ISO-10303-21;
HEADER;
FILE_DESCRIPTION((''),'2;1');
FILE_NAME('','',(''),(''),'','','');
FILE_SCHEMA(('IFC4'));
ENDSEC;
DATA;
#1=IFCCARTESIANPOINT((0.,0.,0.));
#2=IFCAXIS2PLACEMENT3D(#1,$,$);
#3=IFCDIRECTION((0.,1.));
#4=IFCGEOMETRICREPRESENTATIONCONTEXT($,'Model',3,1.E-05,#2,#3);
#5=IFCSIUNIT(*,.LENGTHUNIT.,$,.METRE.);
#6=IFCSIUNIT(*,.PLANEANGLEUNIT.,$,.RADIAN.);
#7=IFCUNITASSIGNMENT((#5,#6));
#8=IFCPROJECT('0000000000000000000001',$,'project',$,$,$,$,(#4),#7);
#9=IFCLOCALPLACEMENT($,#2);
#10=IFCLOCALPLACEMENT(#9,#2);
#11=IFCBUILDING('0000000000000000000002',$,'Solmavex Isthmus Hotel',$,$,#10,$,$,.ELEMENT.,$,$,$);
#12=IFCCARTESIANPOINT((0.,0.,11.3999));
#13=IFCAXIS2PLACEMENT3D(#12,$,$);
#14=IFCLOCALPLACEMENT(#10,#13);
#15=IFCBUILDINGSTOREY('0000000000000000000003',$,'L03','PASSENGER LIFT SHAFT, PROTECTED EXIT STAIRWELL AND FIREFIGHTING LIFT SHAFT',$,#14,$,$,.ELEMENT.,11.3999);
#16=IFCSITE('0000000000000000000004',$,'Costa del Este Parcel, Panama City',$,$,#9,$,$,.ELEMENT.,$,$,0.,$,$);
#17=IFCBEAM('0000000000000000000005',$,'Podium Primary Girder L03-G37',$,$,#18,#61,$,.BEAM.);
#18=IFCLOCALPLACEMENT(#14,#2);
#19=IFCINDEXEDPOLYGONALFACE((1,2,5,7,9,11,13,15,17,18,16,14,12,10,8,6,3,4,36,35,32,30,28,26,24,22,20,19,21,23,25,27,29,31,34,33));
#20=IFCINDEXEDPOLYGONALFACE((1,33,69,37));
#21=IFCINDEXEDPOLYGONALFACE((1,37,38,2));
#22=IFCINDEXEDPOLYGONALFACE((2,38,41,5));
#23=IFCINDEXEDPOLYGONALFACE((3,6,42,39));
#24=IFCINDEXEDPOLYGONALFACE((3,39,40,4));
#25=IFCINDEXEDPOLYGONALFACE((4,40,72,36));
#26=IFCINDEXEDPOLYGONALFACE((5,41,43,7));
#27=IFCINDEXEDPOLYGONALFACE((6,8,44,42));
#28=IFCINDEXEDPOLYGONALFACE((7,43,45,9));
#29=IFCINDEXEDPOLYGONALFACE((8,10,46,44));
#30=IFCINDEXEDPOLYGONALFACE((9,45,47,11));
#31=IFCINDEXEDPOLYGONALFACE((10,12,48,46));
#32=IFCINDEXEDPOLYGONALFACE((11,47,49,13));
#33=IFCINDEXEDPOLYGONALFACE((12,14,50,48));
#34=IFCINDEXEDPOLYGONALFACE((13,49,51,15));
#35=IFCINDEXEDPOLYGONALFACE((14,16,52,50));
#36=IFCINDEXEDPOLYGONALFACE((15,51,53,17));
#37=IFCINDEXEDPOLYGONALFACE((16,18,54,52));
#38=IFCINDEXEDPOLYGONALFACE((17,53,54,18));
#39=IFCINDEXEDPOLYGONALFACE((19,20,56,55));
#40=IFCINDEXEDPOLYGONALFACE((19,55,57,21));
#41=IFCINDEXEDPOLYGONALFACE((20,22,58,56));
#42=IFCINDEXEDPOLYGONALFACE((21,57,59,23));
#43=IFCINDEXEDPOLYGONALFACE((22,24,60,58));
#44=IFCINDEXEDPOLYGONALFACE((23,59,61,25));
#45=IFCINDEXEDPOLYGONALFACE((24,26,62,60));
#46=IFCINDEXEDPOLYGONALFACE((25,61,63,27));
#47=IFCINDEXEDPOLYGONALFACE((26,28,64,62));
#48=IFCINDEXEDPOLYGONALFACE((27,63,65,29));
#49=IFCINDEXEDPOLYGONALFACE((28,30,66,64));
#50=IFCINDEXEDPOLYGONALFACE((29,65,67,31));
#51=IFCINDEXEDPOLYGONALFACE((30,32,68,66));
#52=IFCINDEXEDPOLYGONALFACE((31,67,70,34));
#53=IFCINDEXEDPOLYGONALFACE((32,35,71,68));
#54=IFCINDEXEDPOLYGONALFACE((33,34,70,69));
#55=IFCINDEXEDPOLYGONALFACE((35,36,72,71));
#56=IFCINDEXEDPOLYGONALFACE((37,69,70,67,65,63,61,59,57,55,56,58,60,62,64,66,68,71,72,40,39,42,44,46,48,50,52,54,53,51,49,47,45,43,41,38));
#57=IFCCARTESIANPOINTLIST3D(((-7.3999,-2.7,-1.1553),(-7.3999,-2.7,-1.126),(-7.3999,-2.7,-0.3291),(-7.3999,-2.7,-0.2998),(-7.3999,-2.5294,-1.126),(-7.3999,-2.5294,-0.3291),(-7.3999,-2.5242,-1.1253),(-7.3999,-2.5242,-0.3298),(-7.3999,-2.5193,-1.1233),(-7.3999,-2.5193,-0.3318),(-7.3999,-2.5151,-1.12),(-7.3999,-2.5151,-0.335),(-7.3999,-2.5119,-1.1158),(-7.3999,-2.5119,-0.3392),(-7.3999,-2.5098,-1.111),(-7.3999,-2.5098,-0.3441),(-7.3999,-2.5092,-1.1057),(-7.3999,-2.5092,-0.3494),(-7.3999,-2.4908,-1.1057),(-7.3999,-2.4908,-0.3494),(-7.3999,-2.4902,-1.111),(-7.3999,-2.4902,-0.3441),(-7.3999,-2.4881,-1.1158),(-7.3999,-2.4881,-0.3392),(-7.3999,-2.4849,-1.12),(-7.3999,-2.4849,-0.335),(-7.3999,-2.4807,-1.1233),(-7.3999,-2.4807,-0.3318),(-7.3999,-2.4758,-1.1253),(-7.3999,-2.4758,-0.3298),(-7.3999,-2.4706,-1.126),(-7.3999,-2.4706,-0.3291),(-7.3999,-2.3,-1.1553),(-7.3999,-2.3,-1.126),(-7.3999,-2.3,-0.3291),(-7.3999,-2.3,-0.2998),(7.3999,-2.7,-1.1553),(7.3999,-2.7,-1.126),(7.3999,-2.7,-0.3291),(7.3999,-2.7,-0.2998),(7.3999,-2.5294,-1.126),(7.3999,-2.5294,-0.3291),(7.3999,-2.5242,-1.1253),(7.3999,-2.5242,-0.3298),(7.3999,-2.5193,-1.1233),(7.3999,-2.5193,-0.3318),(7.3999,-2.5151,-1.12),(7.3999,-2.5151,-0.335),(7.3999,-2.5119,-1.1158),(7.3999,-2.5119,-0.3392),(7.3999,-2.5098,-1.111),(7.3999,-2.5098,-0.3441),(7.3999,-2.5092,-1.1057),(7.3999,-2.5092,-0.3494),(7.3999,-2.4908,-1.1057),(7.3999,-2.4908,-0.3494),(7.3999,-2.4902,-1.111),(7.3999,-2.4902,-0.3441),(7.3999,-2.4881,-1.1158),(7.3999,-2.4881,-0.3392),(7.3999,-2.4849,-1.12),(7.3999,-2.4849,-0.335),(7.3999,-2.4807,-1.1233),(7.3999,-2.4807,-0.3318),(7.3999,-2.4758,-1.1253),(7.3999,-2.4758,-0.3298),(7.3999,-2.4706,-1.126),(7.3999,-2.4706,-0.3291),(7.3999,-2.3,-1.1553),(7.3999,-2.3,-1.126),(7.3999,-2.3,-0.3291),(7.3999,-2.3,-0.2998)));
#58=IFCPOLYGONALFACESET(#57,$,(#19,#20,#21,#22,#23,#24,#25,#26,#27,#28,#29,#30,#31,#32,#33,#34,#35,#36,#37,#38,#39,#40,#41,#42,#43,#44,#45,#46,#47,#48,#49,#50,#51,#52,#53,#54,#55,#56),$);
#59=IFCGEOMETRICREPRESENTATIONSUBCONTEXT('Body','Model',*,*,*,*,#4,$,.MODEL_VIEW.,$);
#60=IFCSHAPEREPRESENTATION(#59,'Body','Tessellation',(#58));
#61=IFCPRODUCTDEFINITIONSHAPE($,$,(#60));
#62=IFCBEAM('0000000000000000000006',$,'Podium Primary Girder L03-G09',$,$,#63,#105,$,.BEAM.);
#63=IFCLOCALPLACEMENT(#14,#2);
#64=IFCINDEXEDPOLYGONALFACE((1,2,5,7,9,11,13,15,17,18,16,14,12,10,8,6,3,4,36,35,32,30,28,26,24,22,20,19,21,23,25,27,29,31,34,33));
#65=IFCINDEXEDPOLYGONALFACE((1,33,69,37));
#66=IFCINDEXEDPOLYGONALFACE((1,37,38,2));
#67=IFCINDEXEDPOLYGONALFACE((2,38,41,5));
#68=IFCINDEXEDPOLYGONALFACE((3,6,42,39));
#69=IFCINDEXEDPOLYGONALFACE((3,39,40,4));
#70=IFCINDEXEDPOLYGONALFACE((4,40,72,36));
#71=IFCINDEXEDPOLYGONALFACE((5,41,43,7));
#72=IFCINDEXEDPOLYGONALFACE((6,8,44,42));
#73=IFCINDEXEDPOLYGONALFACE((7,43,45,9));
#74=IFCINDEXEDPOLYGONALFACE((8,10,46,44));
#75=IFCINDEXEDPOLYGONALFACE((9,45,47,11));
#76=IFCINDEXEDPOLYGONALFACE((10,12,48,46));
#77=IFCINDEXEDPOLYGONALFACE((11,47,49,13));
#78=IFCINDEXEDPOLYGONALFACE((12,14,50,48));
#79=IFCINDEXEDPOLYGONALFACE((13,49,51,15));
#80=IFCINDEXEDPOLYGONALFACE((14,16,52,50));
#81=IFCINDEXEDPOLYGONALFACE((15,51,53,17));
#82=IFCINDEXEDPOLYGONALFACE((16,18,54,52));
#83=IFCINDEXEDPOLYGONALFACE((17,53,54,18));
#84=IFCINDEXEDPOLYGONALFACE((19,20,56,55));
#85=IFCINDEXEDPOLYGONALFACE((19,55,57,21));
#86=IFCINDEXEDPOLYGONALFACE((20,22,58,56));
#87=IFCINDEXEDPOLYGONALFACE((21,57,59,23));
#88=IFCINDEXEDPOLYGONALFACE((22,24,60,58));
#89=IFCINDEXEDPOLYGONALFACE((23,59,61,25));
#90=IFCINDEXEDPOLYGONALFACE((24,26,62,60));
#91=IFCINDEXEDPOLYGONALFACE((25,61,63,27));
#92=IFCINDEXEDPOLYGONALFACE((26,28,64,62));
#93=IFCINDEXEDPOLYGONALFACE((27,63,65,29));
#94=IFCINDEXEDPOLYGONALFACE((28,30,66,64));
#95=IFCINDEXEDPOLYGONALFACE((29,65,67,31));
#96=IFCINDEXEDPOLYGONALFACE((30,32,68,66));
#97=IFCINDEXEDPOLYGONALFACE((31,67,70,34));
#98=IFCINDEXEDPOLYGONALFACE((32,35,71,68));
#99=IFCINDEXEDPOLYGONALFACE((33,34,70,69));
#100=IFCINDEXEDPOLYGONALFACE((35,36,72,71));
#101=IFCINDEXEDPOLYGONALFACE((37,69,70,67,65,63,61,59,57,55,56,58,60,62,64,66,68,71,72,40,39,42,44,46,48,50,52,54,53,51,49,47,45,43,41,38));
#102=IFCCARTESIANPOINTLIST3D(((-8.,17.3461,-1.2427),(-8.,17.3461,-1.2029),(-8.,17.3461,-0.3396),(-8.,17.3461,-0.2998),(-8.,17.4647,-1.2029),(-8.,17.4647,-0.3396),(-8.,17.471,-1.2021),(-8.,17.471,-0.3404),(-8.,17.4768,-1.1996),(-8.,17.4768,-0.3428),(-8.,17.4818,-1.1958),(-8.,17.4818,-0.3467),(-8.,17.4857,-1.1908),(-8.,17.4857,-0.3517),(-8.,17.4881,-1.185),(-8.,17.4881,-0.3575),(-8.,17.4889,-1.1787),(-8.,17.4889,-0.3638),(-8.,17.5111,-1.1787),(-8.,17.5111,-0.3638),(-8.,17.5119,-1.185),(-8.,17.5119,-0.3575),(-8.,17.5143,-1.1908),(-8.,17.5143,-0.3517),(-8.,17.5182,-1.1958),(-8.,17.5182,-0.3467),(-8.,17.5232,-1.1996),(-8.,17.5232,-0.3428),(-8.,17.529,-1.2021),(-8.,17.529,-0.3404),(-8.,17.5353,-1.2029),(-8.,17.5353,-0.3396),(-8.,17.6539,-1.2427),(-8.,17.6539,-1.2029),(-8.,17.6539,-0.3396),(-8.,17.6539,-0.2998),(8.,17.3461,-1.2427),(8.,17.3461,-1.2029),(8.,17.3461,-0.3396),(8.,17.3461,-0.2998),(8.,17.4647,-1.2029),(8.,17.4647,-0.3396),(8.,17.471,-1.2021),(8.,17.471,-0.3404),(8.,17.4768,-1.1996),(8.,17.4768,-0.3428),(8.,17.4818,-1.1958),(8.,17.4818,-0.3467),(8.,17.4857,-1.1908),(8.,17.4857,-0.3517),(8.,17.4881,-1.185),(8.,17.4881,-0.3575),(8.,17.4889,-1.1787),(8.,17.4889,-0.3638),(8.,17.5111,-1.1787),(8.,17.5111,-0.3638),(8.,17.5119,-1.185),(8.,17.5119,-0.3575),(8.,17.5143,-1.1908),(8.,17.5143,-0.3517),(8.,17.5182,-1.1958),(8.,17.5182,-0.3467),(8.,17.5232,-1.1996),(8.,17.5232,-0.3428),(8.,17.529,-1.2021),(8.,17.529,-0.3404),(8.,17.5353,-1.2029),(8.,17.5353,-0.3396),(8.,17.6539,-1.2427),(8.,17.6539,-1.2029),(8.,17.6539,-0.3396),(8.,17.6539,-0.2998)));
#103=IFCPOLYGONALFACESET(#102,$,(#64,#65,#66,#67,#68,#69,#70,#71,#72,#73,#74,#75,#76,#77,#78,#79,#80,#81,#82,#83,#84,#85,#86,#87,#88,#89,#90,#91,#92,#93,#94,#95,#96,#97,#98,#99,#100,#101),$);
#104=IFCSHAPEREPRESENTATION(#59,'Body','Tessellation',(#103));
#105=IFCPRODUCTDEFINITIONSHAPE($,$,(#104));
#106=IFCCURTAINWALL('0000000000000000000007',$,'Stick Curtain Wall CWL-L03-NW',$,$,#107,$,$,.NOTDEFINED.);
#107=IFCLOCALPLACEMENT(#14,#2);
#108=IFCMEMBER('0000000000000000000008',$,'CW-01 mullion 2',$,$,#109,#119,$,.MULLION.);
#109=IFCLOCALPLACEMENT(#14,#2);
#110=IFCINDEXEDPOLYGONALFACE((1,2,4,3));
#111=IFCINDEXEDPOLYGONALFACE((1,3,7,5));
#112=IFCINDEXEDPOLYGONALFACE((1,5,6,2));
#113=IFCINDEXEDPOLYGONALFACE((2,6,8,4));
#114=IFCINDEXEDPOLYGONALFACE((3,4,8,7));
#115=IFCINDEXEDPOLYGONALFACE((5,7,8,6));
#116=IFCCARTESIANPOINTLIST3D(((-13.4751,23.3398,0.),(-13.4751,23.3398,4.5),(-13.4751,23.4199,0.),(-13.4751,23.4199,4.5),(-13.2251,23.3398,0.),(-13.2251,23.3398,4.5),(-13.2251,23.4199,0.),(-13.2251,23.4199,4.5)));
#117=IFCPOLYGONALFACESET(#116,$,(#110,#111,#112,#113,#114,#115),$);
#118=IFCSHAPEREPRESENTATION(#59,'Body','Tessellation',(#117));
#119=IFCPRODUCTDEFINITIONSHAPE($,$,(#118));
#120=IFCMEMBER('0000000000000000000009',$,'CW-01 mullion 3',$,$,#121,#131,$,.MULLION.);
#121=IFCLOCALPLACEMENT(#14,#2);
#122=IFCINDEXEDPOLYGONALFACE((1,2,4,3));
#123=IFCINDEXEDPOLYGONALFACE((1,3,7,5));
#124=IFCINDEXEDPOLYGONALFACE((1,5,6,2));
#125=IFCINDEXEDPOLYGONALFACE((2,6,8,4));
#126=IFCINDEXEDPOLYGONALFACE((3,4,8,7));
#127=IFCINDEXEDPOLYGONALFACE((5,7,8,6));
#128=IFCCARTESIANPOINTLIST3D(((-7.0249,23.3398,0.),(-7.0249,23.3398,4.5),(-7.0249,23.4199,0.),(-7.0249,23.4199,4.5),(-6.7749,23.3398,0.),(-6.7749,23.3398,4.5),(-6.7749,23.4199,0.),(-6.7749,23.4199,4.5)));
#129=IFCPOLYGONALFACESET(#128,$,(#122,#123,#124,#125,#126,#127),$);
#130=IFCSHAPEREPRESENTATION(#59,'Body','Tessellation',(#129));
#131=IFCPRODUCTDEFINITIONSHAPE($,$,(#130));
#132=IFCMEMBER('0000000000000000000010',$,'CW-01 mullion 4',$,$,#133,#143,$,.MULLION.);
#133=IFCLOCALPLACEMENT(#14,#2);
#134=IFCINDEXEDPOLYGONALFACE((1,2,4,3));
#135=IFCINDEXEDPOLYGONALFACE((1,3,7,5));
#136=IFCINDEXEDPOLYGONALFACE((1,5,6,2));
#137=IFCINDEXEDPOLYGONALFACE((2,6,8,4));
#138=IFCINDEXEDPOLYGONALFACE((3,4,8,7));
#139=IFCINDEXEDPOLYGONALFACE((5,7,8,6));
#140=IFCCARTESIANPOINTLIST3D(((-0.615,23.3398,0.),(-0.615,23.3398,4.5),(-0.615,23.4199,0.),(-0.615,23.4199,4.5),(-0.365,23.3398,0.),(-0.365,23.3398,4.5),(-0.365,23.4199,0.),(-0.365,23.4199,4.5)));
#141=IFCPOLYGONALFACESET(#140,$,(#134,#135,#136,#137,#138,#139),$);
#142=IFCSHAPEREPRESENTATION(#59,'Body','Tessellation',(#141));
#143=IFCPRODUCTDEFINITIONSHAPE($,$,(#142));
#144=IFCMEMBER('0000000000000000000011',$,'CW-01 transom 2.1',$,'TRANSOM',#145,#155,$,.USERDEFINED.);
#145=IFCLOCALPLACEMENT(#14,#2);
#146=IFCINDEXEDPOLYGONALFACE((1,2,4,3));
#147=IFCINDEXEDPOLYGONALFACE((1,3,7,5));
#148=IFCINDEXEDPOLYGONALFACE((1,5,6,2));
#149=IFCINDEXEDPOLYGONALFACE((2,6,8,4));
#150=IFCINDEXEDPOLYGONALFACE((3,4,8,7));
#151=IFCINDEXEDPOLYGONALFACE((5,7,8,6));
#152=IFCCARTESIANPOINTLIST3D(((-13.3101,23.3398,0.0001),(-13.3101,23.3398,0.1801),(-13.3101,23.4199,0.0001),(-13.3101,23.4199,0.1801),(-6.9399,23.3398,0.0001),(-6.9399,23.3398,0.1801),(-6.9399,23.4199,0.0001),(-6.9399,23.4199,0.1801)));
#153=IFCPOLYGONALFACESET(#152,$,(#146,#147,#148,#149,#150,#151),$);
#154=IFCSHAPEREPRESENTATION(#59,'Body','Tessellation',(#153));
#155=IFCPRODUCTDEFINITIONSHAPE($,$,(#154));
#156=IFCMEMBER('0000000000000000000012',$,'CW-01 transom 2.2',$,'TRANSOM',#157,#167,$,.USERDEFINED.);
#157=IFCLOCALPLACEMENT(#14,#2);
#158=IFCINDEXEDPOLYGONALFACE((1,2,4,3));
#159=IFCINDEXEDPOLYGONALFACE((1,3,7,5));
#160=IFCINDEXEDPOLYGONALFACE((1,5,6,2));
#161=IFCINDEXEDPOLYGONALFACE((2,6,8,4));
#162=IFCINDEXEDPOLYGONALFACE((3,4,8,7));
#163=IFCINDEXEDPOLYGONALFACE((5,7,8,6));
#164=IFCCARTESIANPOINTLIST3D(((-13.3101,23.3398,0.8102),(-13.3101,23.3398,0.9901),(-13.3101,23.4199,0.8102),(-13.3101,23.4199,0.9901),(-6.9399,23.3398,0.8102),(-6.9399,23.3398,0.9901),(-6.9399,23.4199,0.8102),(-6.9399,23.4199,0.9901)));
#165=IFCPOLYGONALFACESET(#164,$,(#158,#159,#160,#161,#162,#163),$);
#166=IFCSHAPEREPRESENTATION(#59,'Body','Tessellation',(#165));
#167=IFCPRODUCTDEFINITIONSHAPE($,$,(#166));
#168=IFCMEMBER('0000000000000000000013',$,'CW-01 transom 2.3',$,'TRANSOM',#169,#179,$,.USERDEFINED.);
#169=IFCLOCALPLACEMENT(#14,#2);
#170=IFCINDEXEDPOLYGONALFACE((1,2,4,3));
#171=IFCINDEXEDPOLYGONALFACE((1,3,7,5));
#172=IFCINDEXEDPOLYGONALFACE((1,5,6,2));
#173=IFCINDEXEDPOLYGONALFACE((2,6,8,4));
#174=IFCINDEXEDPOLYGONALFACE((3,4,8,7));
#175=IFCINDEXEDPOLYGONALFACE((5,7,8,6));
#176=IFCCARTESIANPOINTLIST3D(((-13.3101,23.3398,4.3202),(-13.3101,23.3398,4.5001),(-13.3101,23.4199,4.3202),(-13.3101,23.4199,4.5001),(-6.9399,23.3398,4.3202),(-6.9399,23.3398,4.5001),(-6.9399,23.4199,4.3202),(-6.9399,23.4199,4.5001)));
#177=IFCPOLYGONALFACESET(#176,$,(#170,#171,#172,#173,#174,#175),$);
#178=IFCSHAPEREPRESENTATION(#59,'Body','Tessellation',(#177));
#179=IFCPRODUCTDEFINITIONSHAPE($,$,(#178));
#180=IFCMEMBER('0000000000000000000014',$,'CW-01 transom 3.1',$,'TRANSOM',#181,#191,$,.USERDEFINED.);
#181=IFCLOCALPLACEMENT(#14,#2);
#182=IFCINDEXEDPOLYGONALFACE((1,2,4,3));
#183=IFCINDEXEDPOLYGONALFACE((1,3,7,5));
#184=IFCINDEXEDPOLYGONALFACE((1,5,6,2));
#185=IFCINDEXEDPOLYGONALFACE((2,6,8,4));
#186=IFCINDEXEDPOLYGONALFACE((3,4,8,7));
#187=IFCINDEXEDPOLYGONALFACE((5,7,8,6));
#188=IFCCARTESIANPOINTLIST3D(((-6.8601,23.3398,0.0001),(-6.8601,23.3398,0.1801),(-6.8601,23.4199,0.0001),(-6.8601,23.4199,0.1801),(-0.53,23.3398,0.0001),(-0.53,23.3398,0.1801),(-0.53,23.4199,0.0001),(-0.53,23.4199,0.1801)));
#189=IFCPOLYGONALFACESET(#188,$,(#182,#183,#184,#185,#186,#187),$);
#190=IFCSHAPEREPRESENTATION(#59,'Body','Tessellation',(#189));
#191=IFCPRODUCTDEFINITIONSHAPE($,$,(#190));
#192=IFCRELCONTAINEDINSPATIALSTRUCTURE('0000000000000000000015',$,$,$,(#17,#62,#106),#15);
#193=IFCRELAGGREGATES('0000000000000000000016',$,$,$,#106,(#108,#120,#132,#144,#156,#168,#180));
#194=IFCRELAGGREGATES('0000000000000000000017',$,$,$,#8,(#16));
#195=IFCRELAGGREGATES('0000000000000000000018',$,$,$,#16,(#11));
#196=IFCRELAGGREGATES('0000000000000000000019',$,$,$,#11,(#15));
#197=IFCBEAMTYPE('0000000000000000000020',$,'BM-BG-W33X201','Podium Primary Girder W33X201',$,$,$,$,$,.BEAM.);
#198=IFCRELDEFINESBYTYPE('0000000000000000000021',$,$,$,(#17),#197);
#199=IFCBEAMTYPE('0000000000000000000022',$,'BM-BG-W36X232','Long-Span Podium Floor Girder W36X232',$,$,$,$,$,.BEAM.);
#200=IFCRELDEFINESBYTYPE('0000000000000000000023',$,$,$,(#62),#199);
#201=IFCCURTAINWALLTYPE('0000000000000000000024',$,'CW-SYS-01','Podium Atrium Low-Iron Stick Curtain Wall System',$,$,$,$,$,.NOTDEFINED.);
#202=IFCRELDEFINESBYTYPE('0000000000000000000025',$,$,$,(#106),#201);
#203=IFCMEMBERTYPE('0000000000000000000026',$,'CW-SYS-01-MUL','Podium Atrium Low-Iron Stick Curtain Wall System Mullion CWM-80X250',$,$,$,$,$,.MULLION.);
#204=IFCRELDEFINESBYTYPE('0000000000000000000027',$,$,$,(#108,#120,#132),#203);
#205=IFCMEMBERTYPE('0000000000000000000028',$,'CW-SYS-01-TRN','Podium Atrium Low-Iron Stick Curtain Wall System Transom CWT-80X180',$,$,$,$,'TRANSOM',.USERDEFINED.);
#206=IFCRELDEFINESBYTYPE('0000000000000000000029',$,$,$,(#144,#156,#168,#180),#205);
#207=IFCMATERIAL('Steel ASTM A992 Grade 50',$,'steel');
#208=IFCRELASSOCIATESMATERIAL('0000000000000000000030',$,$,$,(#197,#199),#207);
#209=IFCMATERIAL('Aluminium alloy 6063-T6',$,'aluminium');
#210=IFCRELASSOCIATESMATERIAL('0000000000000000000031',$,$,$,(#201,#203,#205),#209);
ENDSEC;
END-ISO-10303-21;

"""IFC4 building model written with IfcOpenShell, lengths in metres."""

from ifc_helpers import new_model, si_unit, direction, frame, origin, origin_2d, place, context, subcontext, project, spatial, rectangle, i_section, extrude, material, material_profile, profile_set, type_object, element, aggregate, save


model = new_model("IFC4")

# Units and contexts
model_context = context("Model", 3, precision=1e-05, world=origin(), true_north=direction((0.0, 1.0)))
body_context = subcontext(model_context, "Body", "Model", "MODEL_VIEW")
ifc_project = project(units=[si_unit("LENGTHUNIT", "METRE"), si_unit("PLANEANGLEUNIT", "RADIAN")], contexts=[model_context])

# Site, building, storey
site_placement = place(None, origin())
site = spatial("IfcSite", under=ifc_project, at=site_placement, Name="Costa del Este Parcel, Panama City", CompositionType="ELEMENT", RefElevation=0.0)
building_placement = place(site_placement, origin())
building = spatial("IfcBuilding", under=site, at=building_placement, Name="Solmavex Isthmus Hotel", CompositionType="ELEMENT")
storey_placement = place(building_placement, frame((0.0, 0.0, 11.3999)))
storey = spatial("IfcBuildingStorey", under=building, at=storey_placement, Name="L03", Description="PASSENGER LIFT SHAFT, PROTECTED EXIT STAIRWELL AND FIREFIGHTING LIFT SHAFT", CompositionType="ELEMENT", Elevation=11.3999)

# Beams
ifc_material_1 = material(Name="Steel ASTM A992 Grade 50", Category="steel")
ifc_material_profile_1 = material_profile(ifc_material_1, i_section(OverallWidth=0.3999, OverallDepth=0.8555, WebThickness=0.0183, FlangeThickness=0.0293, FilletRadius=0.0203, at=origin_2d()), Name="W33X201")
ifc_profile_set_1 = profile_set([ifc_material_profile_1], Name="Steel ASTM A992 Grade 50")
beam_type_1 = type_object("IfcBeamType", Name="BM-BG-W33X201", Description="Podium Primary Girder W33X201", PredefinedType="BEAM", material=ifc_profile_set_1)
beam_1_placement = place(storey_placement, frame((-7.3999, -2.5, -0.7275), z_axis=(1.0, 0.0, 0.0), x_axis=(0.0, 1.0, 0.0)))
element("IfcBeam", 1, at=beam_1_placement, inside=storey, type_object=beam_type_1, Name="Podium Primary Girder L03-G37", PredefinedType="BEAM", context=body_context, shape_type="SweptSolid", body=[
    extrude(i_section(OverallWidth=0.3999, OverallDepth=0.8555, WebThickness=0.0183, FlangeThickness=0.0293, FilletRadius=0.0203, at=origin_2d()), origin(), (0.0, 0.0, 1.0), 14.7998),
])
ifc_material_profile_2 = material_profile(ifc_material_1, i_section(OverallWidth=0.3079, OverallDepth=0.9429, WebThickness=0.0222, FlangeThickness=0.0398, FilletRadius=0.0242, at=origin_2d()), Name="W36X232")
ifc_profile_set_2 = profile_set([ifc_material_profile_2], Name="Steel ASTM A992 Grade 50")
beam_type_2 = type_object("IfcBeamType", Name="BM-BG-W36X232", Description="Long-Span Podium Floor Girder W36X232", PredefinedType="BEAM", material=ifc_profile_set_2)
beam_2_placement = place(storey_placement, frame((-8.0, 17.5, -0.7712), z_axis=(1.0, 0.0, 0.0), x_axis=(0.0, 1.0, 0.0)))
element("IfcBeam", 2, at=beam_2_placement, inside=storey, type_object=beam_type_2, Name="Podium Primary Girder L03-G09", PredefinedType="BEAM", context=body_context, shape_type="SweptSolid", body=[
    extrude(i_section(OverallWidth=0.3079, OverallDepth=0.9429, WebThickness=0.0222, FlangeThickness=0.0398, FilletRadius=0.0242, at=origin_2d()), origin(), (0.0, 0.0, 1.0), 16.0),
])

# Curtain wall, members
ifc_material_2 = material(Name="Aluminium alloy 6063-T6", Category="aluminium")
curtain_wall_type = type_object("IfcCurtainWallType", Name="CW-SYS-01", Description="Podium Atrium Low-Iron Stick Curtain Wall System", PredefinedType="NOTDEFINED", material=ifc_material_2)
curtain_wall_placement = place(storey_placement, origin())
curtain_wall = element("IfcCurtainWall", 3, at=curtain_wall_placement, inside=storey, type_object=curtain_wall_type, Name="Stick Curtain Wall CWL-L03-NW", PredefinedType="NOTDEFINED")
ifc_material_profile_3 = material_profile(ifc_material_2, rectangle(XDim=0.0801, YDim=0.25, at=origin_2d()), Name="CWM-80X250")
ifc_profile_set_3 = profile_set([ifc_material_profile_3], Name="Aluminium alloy 6063-T6")
member_type_1 = type_object("IfcMemberType", Name="CW-SYS-01-MUL", Description="Podium Atrium Low-Iron Stick Curtain Wall System Mullion CWM-80X250", PredefinedType="MULLION", material=ifc_profile_set_3)
member_1_placement = place(storey_placement, frame((-13.3501, 23.3799, 0.0), z_axis=(0.0, 0.0, 1.0), x_axis=(0.0, 1.0, 0.0)))
member_1 = element("IfcMember", 4, at=member_1_placement, type_object=member_type_1, Name="CW-01 mullion 2", PredefinedType="MULLION", context=body_context, shape_type="SweptSolid", body=[
    extrude(rectangle(XDim=0.0801, YDim=0.25, at=origin_2d()), origin(), (0.0, 0.0, 1.0), 4.5),
])
member_2_placement = place(storey_placement, frame((-6.8999, 23.3799, 0.0), z_axis=(0.0, 0.0, 1.0), x_axis=(0.0, 1.0, 0.0)))
member_2 = element("IfcMember", 5, at=member_2_placement, type_object=member_type_1, Name="CW-01 mullion 3", PredefinedType="MULLION", context=body_context, shape_type="SweptSolid", body=[
    extrude(rectangle(XDim=0.0801, YDim=0.25, at=origin_2d()), origin(), (0.0, 0.0, 1.0), 4.5),
])
member_3_placement = place(storey_placement, frame((-0.49, 23.3799, 0.0), z_axis=(0.0, 0.0, 1.0), x_axis=(0.0, 1.0, 0.0)))
member_3 = element("IfcMember", 6, at=member_3_placement, type_object=member_type_1, Name="CW-01 mullion 4", PredefinedType="MULLION", context=body_context, shape_type="SweptSolid", body=[
    extrude(rectangle(XDim=0.0801, YDim=0.25, at=origin_2d()), origin(), (0.0, 0.0, 1.0), 4.5),
])
ifc_material_profile_4 = material_profile(ifc_material_2, rectangle(XDim=0.0801, YDim=0.1799, at=origin_2d()), Name="CWT-80X180")
ifc_profile_set_4 = profile_set([ifc_material_profile_4], Name="Aluminium alloy 6063-T6")
member_type_2 = type_object("IfcMemberType", Name="CW-SYS-01-TRN", Description="Podium Atrium Low-Iron Stick Curtain Wall System Transom CWT-80X180", ElementType="TRANSOM", PredefinedType="USERDEFINED", material=ifc_profile_set_4)
member_4_placement = place(storey_placement, frame((-13.3101, 23.3799, 0.0901), z_axis=(1.0, 0.0, 0.0), x_axis=(0.0, 1.0, 0.0)))
member_4 = element("IfcMember", 7, at=member_4_placement, type_object=member_type_2, Name="CW-01 transom 2.1", ObjectType="TRANSOM", PredefinedType="USERDEFINED", context=body_context, shape_type="SweptSolid", body=[
    extrude(rectangle(XDim=0.0801, YDim=0.1799, at=origin_2d()), origin(), (0.0, 0.0, 1.0), 6.3701),
])
member_5_placement = place(storey_placement, frame((-13.3101, 23.3799, 0.9001), z_axis=(1.0, 0.0, 0.0), x_axis=(0.0, 1.0, 0.0)))
member_5 = element("IfcMember", 8, at=member_5_placement, type_object=member_type_2, Name="CW-01 transom 2.2", ObjectType="TRANSOM", PredefinedType="USERDEFINED", context=body_context, shape_type="SweptSolid", body=[
    extrude(rectangle(XDim=0.0801, YDim=0.1799, at=origin_2d()), origin(), (0.0, 0.0, 1.0), 6.3701),
])
member_6_placement = place(storey_placement, frame((-13.3101, 23.3799, 4.4102), z_axis=(1.0, 0.0, 0.0), x_axis=(0.0, 1.0, 0.0)))
member_6 = element("IfcMember", 9, at=member_6_placement, type_object=member_type_2, Name="CW-01 transom 2.3", ObjectType="TRANSOM", PredefinedType="USERDEFINED", context=body_context, shape_type="SweptSolid", body=[
    extrude(rectangle(XDim=0.0801, YDim=0.1799, at=origin_2d()), origin(), (0.0, 0.0, 1.0), 6.3701),
])
member_7_placement = place(storey_placement, frame((-6.8601, 23.3799, 0.0901), z_axis=(1.0, 0.0, 0.0), x_axis=(0.0, 1.0, 0.0)))
member_7 = element("IfcMember", 10, at=member_7_placement, type_object=member_type_2, Name="CW-01 transom 3.1", ObjectType="TRANSOM", PredefinedType="USERDEFINED", context=body_context, shape_type="SweptSolid", body=[
    extrude(rectangle(XDim=0.0801, YDim=0.1799, at=origin_2d()), origin(), (0.0, 0.0, 1.0), 6.3301),
])
aggregate(curtain_wall, [member_1, member_2, member_3, member_4, member_5, member_6, member_7])

save(model, "model.ifc")
